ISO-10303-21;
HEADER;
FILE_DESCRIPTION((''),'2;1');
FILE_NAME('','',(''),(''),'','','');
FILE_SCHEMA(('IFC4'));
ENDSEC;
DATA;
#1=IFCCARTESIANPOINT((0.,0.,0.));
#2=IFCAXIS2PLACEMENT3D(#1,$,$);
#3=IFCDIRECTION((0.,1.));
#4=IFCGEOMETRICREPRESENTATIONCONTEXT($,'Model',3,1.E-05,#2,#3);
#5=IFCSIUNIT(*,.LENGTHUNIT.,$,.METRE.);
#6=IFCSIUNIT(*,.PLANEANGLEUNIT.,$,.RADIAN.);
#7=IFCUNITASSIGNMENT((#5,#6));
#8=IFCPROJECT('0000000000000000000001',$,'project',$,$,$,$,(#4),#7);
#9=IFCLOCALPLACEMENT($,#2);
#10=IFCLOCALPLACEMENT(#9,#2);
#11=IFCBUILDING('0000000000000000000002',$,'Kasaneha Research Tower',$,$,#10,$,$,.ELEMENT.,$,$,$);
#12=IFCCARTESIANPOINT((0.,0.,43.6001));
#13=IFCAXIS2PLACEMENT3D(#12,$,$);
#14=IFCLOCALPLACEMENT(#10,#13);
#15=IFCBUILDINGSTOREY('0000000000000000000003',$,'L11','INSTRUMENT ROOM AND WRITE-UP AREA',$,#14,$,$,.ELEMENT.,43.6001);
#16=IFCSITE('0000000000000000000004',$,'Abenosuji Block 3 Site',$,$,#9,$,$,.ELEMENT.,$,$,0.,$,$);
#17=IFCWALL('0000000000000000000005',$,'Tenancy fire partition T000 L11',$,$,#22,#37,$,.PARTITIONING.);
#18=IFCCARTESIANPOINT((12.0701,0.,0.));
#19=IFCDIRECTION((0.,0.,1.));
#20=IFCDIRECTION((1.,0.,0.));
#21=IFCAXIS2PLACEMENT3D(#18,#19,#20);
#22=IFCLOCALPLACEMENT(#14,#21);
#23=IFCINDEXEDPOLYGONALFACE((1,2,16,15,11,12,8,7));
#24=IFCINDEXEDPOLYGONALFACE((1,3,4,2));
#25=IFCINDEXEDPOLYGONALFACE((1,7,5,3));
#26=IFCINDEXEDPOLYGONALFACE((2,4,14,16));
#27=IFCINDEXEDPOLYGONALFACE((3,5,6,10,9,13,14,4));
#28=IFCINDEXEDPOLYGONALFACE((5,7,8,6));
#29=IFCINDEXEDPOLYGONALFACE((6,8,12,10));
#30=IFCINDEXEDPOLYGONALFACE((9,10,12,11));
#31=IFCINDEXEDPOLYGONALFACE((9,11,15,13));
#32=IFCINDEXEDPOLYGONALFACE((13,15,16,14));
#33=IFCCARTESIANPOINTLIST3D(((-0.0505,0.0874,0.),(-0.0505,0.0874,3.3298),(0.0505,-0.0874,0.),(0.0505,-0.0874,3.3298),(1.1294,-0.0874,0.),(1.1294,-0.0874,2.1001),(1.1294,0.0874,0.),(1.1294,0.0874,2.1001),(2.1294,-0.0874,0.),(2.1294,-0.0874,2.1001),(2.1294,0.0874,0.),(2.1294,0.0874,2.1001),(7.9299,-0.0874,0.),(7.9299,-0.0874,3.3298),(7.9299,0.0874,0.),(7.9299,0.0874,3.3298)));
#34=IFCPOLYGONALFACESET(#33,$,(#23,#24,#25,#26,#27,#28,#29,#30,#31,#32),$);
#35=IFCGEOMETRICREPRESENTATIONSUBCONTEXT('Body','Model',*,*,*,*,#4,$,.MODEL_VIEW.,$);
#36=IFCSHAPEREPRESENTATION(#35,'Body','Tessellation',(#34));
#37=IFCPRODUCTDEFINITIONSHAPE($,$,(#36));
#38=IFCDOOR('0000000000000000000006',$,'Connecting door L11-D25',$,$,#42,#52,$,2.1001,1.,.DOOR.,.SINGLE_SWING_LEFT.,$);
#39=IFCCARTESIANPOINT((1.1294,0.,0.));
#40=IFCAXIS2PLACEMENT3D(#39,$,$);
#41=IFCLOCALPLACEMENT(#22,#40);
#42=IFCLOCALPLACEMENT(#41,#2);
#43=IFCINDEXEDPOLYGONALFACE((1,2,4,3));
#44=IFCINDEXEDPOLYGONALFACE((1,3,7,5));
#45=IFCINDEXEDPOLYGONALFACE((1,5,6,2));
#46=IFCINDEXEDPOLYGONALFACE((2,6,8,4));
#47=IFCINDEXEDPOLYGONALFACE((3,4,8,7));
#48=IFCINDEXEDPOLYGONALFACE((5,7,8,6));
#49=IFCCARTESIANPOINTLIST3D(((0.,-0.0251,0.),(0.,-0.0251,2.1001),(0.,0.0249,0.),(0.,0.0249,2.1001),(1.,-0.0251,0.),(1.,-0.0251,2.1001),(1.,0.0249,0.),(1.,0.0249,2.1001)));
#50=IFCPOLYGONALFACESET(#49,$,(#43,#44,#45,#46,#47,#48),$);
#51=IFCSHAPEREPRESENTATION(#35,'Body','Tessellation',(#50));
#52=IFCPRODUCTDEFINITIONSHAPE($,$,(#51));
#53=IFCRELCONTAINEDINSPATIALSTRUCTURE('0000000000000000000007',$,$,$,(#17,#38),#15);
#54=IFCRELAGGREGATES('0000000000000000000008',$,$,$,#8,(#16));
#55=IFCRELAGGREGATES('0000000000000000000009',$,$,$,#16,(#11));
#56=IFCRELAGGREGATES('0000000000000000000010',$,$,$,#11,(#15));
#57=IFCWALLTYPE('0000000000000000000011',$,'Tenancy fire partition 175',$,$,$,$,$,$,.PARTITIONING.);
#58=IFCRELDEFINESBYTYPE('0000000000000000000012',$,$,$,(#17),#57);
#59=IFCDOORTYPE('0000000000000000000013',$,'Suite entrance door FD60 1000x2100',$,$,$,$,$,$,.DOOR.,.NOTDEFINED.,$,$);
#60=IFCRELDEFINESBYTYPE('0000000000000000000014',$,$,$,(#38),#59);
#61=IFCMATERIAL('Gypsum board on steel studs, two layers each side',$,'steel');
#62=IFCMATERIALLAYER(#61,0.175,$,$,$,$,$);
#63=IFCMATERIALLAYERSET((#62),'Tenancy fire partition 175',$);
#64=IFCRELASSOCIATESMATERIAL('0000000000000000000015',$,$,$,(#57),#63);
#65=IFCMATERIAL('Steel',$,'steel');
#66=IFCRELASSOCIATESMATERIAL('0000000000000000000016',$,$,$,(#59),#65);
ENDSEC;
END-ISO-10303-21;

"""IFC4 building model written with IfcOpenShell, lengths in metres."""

from ifc_helpers import new_model, si_unit, direction, frame, frame_2d, origin, place, context, subcontext, project, spatial, polyline, rectangle, outline, extrude, material, layer, layer_set, type_object, element, fill, save


model = new_model("IFC4")

# Units and contexts
model_context = context("Model", 3, precision=1e-05, world=origin(), true_north=direction((0.0, 1.0)))
body_context = subcontext(model_context, "Body", "Model", "MODEL_VIEW")
ifc_project = project(units=[si_unit("LENGTHUNIT", "METRE"), si_unit("PLANEANGLEUNIT", "RADIAN")], contexts=[model_context])

# Site, building, storey
site_placement = place(None, origin())
site = spatial("IfcSite", under=ifc_project, at=site_placement, Name="Abenosuji Block 3 Site", CompositionType="ELEMENT", RefElevation=0.0)
building_placement = place(site_placement, origin())
building = spatial("IfcBuilding", under=site, at=building_placement, Name="Kasaneha Research Tower", CompositionType="ELEMENT")
storey_placement = place(building_placement, frame((0.0, 0.0, 43.6001)))
storey = spatial("IfcBuildingStorey", under=building, at=storey_placement, Name="L11", Description="INSTRUMENT ROOM AND WRITE-UP AREA", CompositionType="ELEMENT", Elevation=43.6001)

# Wall, opening, door
ifc_material_1 = material(Name="Gypsum board on steel studs, two layers each side", Category="steel")
ifc_layer_1 = layer(ifc_material_1, 0.175)
ifc_layer_set_1 = layer_set([ifc_layer_1], Name="Tenancy fire partition 175")
wall_type_1 = type_object("IfcWallType", Name="Tenancy fire partition 175", PredefinedType="PARTITIONING", material=ifc_layer_set_1)
wall_1_placement = place(storey_placement, frame((12.0701, 0.0, 0.0), z_axis=(0.0, 0.0, 1.0), x_axis=(1.0, 0.0, 0.0)))
wall_1 = element("IfcWall", 1, at=wall_1_placement, inside=storey, type_object=wall_type_1, Name="Tenancy fire partition T000 L11", PredefinedType="PARTITIONING", context=body_context, shape_type="SweptSolid", body=[
    extrude(outline(polyline([(0.0505, -0.0874), (1.1294, -0.0874), (2.1294, -0.0874), (7.9299, -0.0874), (7.9299, 0.0874), (2.1294, 0.0874), (1.1294, 0.0874), (-0.0505, 0.0874), (0.0505, -0.0874)])), origin(), (0.0, 0.0, 1.0), 3.3298),
])
opening_1_placement = place(wall_1_placement, frame((1.1294, 0.0, 0.0)))
opening_1 = element("IfcOpeningElement", 2, at=opening_1_placement, cuts=wall_1, PredefinedType="OPENING", context=body_context, shape_type="SweptSolid", body=[
    extrude(rectangle(XDim=1.0, YDim=2.1001, at=frame_2d((0.5, 1.05))), frame((0.0, 0.0977, 0.0), z_axis=(0.0, -1.0, 0.0), x_axis=(1.0, 0.0, 0.0)), (0.0, 0.0, 1.0), 0.1951),
])
ifc_material_2 = material(Name="Steel", Category="steel")
door_type_1 = type_object("IfcDoorType", Name="Suite entrance door FD60 1000x2100", OperationType="NOTDEFINED", PredefinedType="DOOR", material=ifc_material_2)
door_1_placement = place(opening_1_placement, origin())
door_1 = element("IfcDoor", 3, at=door_1_placement, inside=storey, type_object=door_type_1, Name="Connecting door L11-D25", OperationType="SINGLE_SWING_LEFT", OverallHeight=2.1001, OverallWidth=1.0, PredefinedType="DOOR", context=body_context, shape_type="SweptSolid", body=[
    extrude(rectangle(XDim=1.0, YDim=2.1001, at=frame_2d((0.5, 1.05))), frame((0.0, 0.0249, 0.0), z_axis=(0.0, -1.0, 0.0), x_axis=(1.0, 0.0, 0.0)), (0.0, 0.0, 1.0), 0.05),
])
fill(opening_1, door_1)

save(model, "model.ifc")
